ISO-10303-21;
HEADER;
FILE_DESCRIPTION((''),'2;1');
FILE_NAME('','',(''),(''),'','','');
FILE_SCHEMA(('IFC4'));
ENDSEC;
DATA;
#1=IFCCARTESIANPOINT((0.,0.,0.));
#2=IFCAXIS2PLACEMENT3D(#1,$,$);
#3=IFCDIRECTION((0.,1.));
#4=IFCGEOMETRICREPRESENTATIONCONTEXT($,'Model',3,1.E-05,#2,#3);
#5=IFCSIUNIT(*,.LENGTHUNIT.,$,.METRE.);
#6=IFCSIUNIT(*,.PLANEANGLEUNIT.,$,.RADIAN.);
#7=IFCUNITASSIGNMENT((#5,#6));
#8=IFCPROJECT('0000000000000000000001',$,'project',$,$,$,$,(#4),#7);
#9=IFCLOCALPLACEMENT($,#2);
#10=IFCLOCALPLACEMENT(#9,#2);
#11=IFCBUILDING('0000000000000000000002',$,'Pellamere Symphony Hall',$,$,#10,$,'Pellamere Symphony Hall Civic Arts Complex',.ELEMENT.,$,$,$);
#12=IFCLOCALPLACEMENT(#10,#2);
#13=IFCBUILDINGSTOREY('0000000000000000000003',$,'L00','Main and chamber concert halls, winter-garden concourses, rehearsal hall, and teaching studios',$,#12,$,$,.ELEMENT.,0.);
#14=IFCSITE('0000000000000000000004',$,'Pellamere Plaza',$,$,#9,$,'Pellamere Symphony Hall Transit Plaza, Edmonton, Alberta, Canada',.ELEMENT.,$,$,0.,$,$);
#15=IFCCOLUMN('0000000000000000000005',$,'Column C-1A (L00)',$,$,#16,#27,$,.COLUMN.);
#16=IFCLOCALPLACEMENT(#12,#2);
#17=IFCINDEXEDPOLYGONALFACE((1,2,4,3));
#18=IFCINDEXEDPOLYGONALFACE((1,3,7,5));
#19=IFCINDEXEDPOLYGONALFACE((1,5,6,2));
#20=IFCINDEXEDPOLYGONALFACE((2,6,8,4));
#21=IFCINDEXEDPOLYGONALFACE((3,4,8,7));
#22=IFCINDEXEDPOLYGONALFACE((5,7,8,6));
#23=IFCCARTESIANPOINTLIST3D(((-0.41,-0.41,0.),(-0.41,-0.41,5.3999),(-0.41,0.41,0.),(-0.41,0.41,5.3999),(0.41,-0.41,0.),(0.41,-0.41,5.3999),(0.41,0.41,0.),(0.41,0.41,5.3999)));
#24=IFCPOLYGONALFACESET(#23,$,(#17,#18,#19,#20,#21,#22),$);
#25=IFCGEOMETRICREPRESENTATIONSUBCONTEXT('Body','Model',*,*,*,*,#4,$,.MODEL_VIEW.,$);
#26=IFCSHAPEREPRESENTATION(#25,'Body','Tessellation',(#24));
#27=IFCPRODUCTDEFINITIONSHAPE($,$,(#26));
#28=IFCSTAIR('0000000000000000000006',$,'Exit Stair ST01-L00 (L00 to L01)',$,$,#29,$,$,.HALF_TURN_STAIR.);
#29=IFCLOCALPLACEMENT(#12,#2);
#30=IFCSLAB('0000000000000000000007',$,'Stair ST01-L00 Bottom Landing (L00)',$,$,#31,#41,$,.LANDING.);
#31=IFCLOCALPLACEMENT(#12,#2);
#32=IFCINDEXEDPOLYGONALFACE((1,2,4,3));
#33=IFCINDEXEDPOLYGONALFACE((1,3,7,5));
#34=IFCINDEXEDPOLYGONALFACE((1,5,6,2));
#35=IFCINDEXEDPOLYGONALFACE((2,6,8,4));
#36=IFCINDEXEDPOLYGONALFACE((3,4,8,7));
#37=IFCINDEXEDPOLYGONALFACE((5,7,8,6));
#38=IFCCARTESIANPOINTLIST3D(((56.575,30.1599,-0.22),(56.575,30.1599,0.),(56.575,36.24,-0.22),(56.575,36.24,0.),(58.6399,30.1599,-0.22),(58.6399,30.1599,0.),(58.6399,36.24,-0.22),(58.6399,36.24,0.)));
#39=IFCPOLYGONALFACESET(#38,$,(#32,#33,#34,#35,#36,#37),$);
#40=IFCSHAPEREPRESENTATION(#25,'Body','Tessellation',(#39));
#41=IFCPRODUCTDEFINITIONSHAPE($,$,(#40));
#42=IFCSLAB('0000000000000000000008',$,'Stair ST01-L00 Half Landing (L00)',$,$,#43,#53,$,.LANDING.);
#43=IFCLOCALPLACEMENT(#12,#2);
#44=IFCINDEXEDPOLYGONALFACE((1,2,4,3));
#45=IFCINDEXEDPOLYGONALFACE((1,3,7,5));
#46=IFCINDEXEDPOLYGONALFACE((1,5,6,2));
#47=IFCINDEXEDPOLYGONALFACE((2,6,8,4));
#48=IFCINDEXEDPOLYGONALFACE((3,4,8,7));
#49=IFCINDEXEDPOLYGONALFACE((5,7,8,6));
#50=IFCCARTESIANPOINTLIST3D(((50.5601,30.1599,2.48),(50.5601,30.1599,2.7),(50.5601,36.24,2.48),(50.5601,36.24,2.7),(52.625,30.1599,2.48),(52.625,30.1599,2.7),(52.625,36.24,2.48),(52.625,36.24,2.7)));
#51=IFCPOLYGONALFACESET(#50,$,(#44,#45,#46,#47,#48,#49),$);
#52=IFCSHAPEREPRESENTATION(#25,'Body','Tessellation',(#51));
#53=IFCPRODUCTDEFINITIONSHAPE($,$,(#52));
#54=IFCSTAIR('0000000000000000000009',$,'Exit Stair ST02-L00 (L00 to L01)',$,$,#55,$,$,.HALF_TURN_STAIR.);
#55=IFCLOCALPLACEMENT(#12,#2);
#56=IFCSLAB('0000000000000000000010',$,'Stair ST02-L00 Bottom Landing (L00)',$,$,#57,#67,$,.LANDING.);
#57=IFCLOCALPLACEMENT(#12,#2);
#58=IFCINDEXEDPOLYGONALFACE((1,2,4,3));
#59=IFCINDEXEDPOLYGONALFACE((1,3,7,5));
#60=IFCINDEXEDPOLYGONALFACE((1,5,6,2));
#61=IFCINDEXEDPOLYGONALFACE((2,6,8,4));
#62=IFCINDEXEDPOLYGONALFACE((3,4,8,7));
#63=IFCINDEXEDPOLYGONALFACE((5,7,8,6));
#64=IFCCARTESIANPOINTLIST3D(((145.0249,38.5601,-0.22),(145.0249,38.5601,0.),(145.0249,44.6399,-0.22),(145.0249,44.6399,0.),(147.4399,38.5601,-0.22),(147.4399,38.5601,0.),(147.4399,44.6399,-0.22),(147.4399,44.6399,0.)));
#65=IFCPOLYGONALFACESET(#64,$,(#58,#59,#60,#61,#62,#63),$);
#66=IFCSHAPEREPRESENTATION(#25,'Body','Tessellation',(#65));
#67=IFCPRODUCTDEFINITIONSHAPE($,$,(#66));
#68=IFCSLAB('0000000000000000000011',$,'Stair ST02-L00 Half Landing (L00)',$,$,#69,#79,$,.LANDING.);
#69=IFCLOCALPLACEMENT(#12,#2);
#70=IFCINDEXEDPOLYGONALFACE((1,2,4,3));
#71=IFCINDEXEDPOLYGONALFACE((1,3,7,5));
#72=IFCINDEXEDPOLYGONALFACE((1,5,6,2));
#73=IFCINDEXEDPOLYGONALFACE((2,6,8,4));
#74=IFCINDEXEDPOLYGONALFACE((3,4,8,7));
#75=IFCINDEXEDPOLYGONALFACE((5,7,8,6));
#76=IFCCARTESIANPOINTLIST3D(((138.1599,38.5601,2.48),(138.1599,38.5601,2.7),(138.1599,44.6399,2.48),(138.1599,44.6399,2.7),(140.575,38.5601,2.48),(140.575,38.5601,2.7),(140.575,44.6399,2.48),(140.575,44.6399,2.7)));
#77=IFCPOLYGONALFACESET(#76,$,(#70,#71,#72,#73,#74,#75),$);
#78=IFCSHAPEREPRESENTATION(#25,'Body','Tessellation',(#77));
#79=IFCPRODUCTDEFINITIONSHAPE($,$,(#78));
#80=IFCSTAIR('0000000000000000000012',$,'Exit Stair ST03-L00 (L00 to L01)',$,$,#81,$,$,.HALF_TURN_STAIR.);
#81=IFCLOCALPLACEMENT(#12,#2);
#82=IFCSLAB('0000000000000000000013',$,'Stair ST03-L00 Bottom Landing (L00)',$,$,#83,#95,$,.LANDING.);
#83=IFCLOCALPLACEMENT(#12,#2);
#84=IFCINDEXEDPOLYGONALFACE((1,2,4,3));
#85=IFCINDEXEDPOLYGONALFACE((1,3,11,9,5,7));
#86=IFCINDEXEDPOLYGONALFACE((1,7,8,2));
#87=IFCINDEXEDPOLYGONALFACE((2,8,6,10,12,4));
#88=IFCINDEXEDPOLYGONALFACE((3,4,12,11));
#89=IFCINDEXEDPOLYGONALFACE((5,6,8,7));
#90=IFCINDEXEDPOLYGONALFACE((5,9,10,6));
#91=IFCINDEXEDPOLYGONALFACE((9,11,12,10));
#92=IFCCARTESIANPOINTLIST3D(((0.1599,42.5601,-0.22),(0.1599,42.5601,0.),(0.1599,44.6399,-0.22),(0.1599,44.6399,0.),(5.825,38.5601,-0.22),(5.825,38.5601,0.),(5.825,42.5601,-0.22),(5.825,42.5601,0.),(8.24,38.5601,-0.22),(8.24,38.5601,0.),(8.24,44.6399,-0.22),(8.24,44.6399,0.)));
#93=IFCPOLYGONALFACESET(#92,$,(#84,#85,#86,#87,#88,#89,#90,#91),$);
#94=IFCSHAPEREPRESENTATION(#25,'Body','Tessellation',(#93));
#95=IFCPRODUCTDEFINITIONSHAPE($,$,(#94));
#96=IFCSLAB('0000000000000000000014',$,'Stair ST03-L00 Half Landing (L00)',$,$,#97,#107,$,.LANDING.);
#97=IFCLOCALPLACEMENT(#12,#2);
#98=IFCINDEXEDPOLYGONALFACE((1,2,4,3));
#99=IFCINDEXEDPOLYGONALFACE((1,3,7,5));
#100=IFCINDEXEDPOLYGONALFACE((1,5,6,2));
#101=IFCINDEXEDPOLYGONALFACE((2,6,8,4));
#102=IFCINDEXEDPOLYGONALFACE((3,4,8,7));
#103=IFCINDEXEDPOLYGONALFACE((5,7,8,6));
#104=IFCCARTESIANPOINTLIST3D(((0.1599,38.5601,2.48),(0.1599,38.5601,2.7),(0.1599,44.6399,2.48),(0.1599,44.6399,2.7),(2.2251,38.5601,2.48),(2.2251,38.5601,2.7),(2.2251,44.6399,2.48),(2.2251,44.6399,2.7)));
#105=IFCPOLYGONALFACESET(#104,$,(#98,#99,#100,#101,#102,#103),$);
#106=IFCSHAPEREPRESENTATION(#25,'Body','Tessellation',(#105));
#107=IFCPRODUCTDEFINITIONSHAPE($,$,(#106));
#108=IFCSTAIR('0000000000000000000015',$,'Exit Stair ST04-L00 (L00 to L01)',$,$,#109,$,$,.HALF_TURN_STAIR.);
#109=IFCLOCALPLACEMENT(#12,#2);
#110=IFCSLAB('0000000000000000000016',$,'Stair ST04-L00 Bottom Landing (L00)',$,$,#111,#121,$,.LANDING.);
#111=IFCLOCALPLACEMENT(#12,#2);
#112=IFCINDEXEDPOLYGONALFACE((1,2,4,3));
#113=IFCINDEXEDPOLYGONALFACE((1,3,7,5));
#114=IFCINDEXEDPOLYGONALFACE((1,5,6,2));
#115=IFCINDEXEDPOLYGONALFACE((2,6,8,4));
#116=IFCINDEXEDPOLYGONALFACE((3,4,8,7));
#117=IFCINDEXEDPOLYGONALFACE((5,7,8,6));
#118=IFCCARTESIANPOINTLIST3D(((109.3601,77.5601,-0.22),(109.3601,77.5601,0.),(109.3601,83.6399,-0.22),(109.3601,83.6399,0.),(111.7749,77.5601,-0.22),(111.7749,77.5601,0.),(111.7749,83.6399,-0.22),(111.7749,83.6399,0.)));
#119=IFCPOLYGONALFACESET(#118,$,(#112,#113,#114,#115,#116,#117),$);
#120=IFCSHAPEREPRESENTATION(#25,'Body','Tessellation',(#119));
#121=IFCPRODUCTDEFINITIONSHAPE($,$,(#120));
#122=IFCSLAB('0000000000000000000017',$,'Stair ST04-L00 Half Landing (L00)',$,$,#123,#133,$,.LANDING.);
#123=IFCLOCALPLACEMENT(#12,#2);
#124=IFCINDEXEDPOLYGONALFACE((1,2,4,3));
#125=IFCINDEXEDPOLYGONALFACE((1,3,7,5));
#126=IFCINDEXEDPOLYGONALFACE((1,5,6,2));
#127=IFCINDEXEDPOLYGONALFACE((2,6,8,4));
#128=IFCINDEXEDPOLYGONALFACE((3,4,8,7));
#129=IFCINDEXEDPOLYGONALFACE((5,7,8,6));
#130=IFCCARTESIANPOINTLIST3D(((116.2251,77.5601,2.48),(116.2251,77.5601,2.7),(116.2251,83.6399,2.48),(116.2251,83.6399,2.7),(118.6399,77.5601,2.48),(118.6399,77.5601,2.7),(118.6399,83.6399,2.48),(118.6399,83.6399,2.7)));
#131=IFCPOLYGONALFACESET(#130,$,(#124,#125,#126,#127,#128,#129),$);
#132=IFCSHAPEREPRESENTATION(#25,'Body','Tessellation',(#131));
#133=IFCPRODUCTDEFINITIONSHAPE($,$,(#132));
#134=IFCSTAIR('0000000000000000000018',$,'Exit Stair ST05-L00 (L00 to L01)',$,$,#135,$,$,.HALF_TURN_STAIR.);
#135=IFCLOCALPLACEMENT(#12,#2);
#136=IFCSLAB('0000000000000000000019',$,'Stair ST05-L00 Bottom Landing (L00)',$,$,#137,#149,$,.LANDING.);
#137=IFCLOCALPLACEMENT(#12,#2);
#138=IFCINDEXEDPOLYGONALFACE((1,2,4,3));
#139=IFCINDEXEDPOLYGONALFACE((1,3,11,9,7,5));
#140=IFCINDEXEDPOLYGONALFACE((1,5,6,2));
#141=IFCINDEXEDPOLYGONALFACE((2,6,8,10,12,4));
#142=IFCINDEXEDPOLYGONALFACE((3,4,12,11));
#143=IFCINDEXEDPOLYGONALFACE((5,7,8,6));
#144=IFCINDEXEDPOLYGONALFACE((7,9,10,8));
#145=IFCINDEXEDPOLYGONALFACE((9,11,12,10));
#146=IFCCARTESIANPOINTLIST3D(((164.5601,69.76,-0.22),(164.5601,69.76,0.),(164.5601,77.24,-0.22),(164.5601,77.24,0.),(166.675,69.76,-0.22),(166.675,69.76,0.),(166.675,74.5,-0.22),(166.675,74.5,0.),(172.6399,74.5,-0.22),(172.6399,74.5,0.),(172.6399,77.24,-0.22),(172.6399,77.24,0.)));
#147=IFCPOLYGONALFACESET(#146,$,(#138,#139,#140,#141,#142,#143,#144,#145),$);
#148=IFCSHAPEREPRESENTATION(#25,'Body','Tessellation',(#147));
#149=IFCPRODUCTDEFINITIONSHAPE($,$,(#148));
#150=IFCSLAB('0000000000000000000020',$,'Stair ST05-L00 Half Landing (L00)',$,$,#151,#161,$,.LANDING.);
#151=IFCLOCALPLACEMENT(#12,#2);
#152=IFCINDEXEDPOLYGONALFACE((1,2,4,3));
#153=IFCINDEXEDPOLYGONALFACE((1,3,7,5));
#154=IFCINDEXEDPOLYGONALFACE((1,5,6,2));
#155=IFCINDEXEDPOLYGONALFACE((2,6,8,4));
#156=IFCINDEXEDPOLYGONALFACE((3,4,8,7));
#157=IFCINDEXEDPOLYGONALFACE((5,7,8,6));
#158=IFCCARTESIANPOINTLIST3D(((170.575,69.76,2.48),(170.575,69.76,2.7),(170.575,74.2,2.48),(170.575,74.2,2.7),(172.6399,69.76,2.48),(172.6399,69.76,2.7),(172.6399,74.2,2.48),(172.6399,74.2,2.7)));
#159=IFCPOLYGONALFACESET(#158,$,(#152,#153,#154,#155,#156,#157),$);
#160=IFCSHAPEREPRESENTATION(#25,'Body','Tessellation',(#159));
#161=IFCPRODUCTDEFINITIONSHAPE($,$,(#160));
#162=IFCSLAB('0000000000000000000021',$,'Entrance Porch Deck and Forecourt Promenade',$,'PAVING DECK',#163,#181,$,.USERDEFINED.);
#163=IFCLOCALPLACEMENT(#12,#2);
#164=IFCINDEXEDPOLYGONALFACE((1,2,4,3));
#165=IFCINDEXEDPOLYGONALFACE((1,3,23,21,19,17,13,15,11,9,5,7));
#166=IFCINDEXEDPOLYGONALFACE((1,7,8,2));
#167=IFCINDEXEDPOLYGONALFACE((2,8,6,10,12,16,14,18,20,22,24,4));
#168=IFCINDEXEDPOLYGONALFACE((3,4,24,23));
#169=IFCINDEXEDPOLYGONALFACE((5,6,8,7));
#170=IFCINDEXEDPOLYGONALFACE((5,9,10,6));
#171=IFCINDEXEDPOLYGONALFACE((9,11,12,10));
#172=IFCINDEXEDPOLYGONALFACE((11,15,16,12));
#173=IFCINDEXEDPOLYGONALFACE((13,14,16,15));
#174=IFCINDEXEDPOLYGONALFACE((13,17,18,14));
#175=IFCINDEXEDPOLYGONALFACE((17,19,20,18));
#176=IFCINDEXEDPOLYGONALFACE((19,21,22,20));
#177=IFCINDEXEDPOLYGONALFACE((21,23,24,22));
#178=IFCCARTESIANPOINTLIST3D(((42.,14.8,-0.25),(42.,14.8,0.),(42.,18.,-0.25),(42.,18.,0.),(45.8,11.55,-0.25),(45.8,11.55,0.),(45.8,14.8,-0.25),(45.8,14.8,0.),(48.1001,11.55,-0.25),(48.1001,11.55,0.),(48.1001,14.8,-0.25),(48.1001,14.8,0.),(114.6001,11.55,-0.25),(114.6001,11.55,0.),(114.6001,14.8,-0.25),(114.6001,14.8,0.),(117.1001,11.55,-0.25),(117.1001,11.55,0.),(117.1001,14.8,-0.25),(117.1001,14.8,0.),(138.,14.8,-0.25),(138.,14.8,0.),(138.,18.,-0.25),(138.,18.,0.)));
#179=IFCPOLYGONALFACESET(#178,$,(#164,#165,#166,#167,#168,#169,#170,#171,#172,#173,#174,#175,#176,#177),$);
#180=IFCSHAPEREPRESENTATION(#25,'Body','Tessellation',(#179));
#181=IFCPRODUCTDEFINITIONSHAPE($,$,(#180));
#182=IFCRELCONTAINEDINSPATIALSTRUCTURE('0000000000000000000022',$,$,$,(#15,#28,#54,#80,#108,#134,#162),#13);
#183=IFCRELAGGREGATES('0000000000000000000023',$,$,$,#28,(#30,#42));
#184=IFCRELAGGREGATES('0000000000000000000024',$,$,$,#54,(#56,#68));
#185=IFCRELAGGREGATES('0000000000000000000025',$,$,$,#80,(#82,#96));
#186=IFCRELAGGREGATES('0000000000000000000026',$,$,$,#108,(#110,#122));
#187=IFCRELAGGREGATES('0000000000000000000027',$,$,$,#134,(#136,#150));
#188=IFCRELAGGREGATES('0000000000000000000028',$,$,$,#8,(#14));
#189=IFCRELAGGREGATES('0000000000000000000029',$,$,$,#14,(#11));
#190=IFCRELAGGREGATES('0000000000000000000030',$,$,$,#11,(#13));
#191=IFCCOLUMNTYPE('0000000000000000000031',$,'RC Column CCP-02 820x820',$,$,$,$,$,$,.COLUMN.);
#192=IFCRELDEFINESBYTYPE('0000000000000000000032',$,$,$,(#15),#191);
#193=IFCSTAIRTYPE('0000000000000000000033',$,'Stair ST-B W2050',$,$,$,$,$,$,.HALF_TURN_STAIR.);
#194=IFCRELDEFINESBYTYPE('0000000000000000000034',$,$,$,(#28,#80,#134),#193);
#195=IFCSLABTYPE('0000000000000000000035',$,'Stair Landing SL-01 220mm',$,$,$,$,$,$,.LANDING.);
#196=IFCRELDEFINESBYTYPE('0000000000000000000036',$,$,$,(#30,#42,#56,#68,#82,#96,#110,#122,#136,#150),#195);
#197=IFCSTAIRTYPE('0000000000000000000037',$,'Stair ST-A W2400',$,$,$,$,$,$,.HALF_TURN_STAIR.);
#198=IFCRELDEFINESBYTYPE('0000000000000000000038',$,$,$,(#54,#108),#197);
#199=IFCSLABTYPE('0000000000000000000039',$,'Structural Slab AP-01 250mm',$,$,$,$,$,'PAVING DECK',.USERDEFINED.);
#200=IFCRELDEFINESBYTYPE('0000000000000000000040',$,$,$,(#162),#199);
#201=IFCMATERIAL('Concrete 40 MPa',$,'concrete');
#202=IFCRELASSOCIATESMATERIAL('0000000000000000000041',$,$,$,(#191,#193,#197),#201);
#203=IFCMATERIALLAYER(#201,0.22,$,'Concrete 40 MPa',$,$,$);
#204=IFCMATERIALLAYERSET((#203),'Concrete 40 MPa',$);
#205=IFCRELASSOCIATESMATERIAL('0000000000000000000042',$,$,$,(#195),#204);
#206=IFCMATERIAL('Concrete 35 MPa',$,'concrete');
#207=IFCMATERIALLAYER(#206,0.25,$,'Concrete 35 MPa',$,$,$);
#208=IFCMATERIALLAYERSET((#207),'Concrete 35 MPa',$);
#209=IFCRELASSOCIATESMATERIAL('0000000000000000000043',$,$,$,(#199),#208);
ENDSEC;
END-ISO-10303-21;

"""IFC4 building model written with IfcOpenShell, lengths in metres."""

from ifc_helpers import new_model, si_unit, direction, frame, origin, origin_with_axes, origin_2d, place, context, subcontext, project, spatial, polyline, rectangle, outline, extrude, material, layer, layer_set, material_profile, profile_set, type_object, element, aggregate, save


model = new_model("IFC4")

# Units and contexts
model_context = context("Model", 3, precision=1e-05, world=origin(), true_north=direction((0.0, 1.0)))
body_context = subcontext(model_context, "Body", "Model", "MODEL_VIEW")
ifc_project = project(units=[si_unit("LENGTHUNIT", "METRE"), si_unit("PLANEANGLEUNIT", "RADIAN")], contexts=[model_context])

# Site, building, storey
site_placement = place(None, origin())
site = spatial("IfcSite", under=ifc_project, at=site_placement, Name="Pellamere Plaza", LongName="Pellamere Symphony Hall Transit Plaza, Edmonton, Alberta, Canada", CompositionType="ELEMENT", RefElevation=0.0)
building_placement = place(site_placement, origin())
building = spatial("IfcBuilding", under=site, at=building_placement, Name="Pellamere Symphony Hall", LongName="Pellamere Symphony Hall Civic Arts Complex", CompositionType="ELEMENT")
storey_placement = place(building_placement, origin())
storey = spatial("IfcBuildingStorey", under=building, at=storey_placement, Name="L00", Description="Main and chamber concert halls, winter-garden concourses, rehearsal hall, and teaching studios", CompositionType="ELEMENT", Elevation=0.0)

# Column
ifc_material_1 = material(Name="Concrete 40 MPa", Category="concrete")
ifc_material_profile = material_profile(ifc_material_1, rectangle(XDim=0.8201, YDim=0.8201, at=origin_2d()), Name="RC 820x820")
ifc_profile_set = profile_set([ifc_material_profile], Name="Concrete 40 MPa")
column_type = type_object("IfcColumnType", Name="RC Column CCP-02 820x820", PredefinedType="COLUMN", material=ifc_profile_set)
column_placement = place(storey_placement, origin_with_axes())
element("IfcColumn", 1, at=column_placement, inside=storey, type_object=column_type, Name="Column C-1A (L00)", PredefinedType="COLUMN", context=body_context, shape_type="SweptSolid", body=[
    extrude(rectangle(XDim=0.8201, YDim=0.8201, at=origin_2d()), origin(), (0.0, 0.0, 1.0), 5.3999),
])

# Stairs, slabs
stair_type_1 = type_object("IfcStairType", Name="Stair ST-B W2050", PredefinedType="HALF_TURN_STAIR", material=ifc_material_1)
stair_1_placement = place(storey_placement, origin())
stair_1 = element("IfcStair", 2, at=stair_1_placement, inside=storey, type_object=stair_type_1, Name="Exit Stair ST01-L00 (L00 to L01)", PredefinedType="HALF_TURN_STAIR")
ifc_layer_1 = layer(ifc_material_1, 0.22, Name="Concrete 40 MPa")
ifc_layer_set_1 = layer_set([ifc_layer_1], Name="Concrete 40 MPa")
slab_type_1 = type_object("IfcSlabType", Name="Stair Landing SL-01 220mm", PredefinedType="LANDING", material=ifc_layer_set_1)
slab_1_placement = place(storey_placement, frame((0.0, 0.0, -0.22)))
slab_1 = element("IfcSlab", 3, at=slab_1_placement, type_object=slab_type_1, Name="Stair ST01-L00 Bottom Landing (L00)", PredefinedType="LANDING", context=body_context, shape_type="SweptSolid", body=[
    extrude(outline(polyline([(56.575, 30.1599), (58.6399, 30.1599), (58.6399, 36.24), (56.575, 36.24), (56.575, 30.1599)])), origin(), (0.0, 0.0, 1.0), 0.22),
])
slab_2_placement = place(storey_placement, frame((0.0, 0.0, 2.48)))
slab_2 = element("IfcSlab", 4, at=slab_2_placement, type_object=slab_type_1, Name="Stair ST01-L00 Half Landing (L00)", PredefinedType="LANDING", context=body_context, shape_type="SweptSolid", body=[
    extrude(outline(polyline([(50.5601, 30.1599), (52.625, 30.1599), (52.625, 36.24), (50.5601, 36.24), (50.5601, 30.1599)])), origin(), (0.0, 0.0, 1.0), 0.22),
])
aggregate(stair_1, [slab_1, slab_2])
stair_type_2 = type_object("IfcStairType", Name="Stair ST-A W2400", PredefinedType="HALF_TURN_STAIR", material=ifc_material_1)
stair_2_placement = place(storey_placement, origin())
stair_2 = element("IfcStair", 5, at=stair_2_placement, inside=storey, type_object=stair_type_2, Name="Exit Stair ST02-L00 (L00 to L01)", PredefinedType="HALF_TURN_STAIR")
slab_3_placement = place(storey_placement, frame((0.0, 0.0, -0.22)))
slab_3 = element("IfcSlab", 6, at=slab_3_placement, type_object=slab_type_1, Name="Stair ST02-L00 Bottom Landing (L00)", PredefinedType="LANDING", context=body_context, shape_type="SweptSolid", body=[
    extrude(outline(polyline([(145.0249, 38.5601), (147.4399, 38.5601), (147.4399, 44.6399), (145.0249, 44.6399), (145.0249, 38.5601)])), origin(), (0.0, 0.0, 1.0), 0.22),
])
slab_4_placement = place(storey_placement, frame((0.0, 0.0, 2.48)))
slab_4 = element("IfcSlab", 7, at=slab_4_placement, type_object=slab_type_1, Name="Stair ST02-L00 Half Landing (L00)", PredefinedType="LANDING", context=body_context, shape_type="SweptSolid", body=[
    extrude(outline(polyline([(138.1599, 38.5601), (140.575, 38.5601), (140.575, 44.6399), (138.1599, 44.6399), (138.1599, 38.5601)])), origin(), (0.0, 0.0, 1.0), 0.22),
])
aggregate(stair_2, [slab_3, slab_4])
stair_3_placement = place(storey_placement, origin())
stair_3 = element("IfcStair", 8, at=stair_3_placement, inside=storey, type_object=stair_type_1, Name="Exit Stair ST03-L00 (L00 to L01)", PredefinedType="HALF_TURN_STAIR")
slab_5_placement = place(storey_placement, frame((0.0, 0.0, -0.22)))
slab_5 = element("IfcSlab", 9, at=slab_5_placement, type_object=slab_type_1, Name="Stair ST03-L00 Bottom Landing (L00)", PredefinedType="LANDING", context=body_context, shape_type="SweptSolid", body=[
    extrude(outline(polyline([(5.825, 38.5601), (8.24, 38.5601), (8.24, 44.6399), (0.1599, 44.6399), (0.1599, 42.5601), (5.825, 42.5601), (5.825, 38.5601)])), origin(), (0.0, 0.0, 1.0), 0.22),
])
slab_6_placement = place(storey_placement, frame((0.0, 0.0, 2.48)))
slab_6 = element("IfcSlab", 10, at=slab_6_placement, type_object=slab_type_1, Name="Stair ST03-L00 Half Landing (L00)", PredefinedType="LANDING", context=body_context, shape_type="SweptSolid", body=[
    extrude(outline(polyline([(0.1599, 38.5601), (2.2251, 38.5601), (2.2251, 44.6399), (0.1599, 44.6399), (0.1599, 38.5601)])), origin(), (0.0, 0.0, 1.0), 0.22),
])
aggregate(stair_3, [slab_5, slab_6])
stair_4_placement = place(storey_placement, origin())
stair_4 = element("IfcStair", 11, at=stair_4_placement, inside=storey, type_object=stair_type_2, Name="Exit Stair ST04-L00 (L00 to L01)", PredefinedType="HALF_TURN_STAIR")
slab_7_placement = place(storey_placement, frame((0.0, 0.0, -0.22)))
slab_7 = element("IfcSlab", 12, at=slab_7_placement, type_object=slab_type_1, Name="Stair ST04-L00 Bottom Landing (L00)", PredefinedType="LANDING", context=body_context, shape_type="SweptSolid", body=[
    extrude(outline(polyline([(109.3601, 77.5601), (111.7749, 77.5601), (111.7749, 83.6399), (109.3601, 83.6399), (109.3601, 77.5601)])), origin(), (0.0, 0.0, 1.0), 0.22),
])
slab_8_placement = place(storey_placement, frame((0.0, 0.0, 2.48)))
slab_8 = element("IfcSlab", 13, at=slab_8_placement, type_object=slab_type_1, Name="Stair ST04-L00 Half Landing (L00)", PredefinedType="LANDING", context=body_context, shape_type="SweptSolid", body=[
    extrude(outline(polyline([(116.2251, 77.5601), (118.6399, 77.5601), (118.6399, 83.6399), (116.2251, 83.6399), (116.2251, 77.5601)])), origin(), (0.0, 0.0, 1.0), 0.22),
])
aggregate(stair_4, [slab_7, slab_8])
stair_5_placement = place(storey_placement, origin())
stair_5 = element("IfcStair", 14, at=stair_5_placement, inside=storey, type_object=stair_type_1, Name="Exit Stair ST05-L00 (L00 to L01)", PredefinedType="HALF_TURN_STAIR")
slab_9_placement = place(storey_placement, frame((0.0, 0.0, -0.22)))
slab_9 = element("IfcSlab", 15, at=slab_9_placement, type_object=slab_type_1, Name="Stair ST05-L00 Bottom Landing (L00)", PredefinedType="LANDING", context=body_context, shape_type="SweptSolid", body=[
    extrude(outline(polyline([(164.5601, 69.76), (166.675, 69.76), (166.675, 74.5), (172.6399, 74.5), (172.6399, 77.24), (164.5601, 77.24), (164.5601, 69.76)])), origin(), (0.0, 0.0, 1.0), 0.22),
])
slab_10_placement = place(storey_placement, frame((0.0, 0.0, 2.48)))
slab_10 = element("IfcSlab", 16, at=slab_10_placement, type_object=slab_type_1, Name="Stair ST05-L00 Half Landing (L00)", PredefinedType="LANDING", context=body_context, shape_type="SweptSolid", body=[
    extrude(outline(polyline([(170.575, 69.76), (172.6399, 69.76), (172.6399, 74.2), (170.575, 74.2), (170.575, 69.76)])), origin(), (0.0, 0.0, 1.0), 0.22),
])
aggregate(stair_5, [slab_9, slab_10])

# Slab
ifc_material_2 = material(Name="Concrete 35 MPa", Category="concrete")
ifc_layer_2 = layer(ifc_material_2, 0.25, Name="Concrete 35 MPa")
ifc_layer_set_2 = layer_set([ifc_layer_2], Name="Concrete 35 MPa")
slab_type_2 = type_object("IfcSlabType", Name="Structural Slab AP-01 250mm", ElementType="PAVING DECK", PredefinedType="USERDEFINED", material=ifc_layer_set_2)
slab_11_placement = place(storey_placement, frame((0.0, 0.0, -0.25)))
element("IfcSlab", 17, at=slab_11_placement, inside=storey, type_object=slab_type_2, Name="Entrance Porch Deck and Forecourt Promenade", ObjectType="PAVING DECK", PredefinedType="USERDEFINED", context=body_context, shape_type="SweptSolid", body=[
    extrude(outline(polyline([(48.1001, 11.55), (45.8, 11.55), (45.8, 14.8), (42.0, 14.8), (42.0, 18.0), (138.0, 18.0), (138.0, 14.8), (117.1001, 14.8), (117.1001, 11.55), (114.6001, 11.55), (114.6001, 14.8), (48.1001, 14.8), (48.1001, 11.55)])), origin(), (0.0, 0.0, 1.0), 0.25),
])

save(model, "model.ifc")
